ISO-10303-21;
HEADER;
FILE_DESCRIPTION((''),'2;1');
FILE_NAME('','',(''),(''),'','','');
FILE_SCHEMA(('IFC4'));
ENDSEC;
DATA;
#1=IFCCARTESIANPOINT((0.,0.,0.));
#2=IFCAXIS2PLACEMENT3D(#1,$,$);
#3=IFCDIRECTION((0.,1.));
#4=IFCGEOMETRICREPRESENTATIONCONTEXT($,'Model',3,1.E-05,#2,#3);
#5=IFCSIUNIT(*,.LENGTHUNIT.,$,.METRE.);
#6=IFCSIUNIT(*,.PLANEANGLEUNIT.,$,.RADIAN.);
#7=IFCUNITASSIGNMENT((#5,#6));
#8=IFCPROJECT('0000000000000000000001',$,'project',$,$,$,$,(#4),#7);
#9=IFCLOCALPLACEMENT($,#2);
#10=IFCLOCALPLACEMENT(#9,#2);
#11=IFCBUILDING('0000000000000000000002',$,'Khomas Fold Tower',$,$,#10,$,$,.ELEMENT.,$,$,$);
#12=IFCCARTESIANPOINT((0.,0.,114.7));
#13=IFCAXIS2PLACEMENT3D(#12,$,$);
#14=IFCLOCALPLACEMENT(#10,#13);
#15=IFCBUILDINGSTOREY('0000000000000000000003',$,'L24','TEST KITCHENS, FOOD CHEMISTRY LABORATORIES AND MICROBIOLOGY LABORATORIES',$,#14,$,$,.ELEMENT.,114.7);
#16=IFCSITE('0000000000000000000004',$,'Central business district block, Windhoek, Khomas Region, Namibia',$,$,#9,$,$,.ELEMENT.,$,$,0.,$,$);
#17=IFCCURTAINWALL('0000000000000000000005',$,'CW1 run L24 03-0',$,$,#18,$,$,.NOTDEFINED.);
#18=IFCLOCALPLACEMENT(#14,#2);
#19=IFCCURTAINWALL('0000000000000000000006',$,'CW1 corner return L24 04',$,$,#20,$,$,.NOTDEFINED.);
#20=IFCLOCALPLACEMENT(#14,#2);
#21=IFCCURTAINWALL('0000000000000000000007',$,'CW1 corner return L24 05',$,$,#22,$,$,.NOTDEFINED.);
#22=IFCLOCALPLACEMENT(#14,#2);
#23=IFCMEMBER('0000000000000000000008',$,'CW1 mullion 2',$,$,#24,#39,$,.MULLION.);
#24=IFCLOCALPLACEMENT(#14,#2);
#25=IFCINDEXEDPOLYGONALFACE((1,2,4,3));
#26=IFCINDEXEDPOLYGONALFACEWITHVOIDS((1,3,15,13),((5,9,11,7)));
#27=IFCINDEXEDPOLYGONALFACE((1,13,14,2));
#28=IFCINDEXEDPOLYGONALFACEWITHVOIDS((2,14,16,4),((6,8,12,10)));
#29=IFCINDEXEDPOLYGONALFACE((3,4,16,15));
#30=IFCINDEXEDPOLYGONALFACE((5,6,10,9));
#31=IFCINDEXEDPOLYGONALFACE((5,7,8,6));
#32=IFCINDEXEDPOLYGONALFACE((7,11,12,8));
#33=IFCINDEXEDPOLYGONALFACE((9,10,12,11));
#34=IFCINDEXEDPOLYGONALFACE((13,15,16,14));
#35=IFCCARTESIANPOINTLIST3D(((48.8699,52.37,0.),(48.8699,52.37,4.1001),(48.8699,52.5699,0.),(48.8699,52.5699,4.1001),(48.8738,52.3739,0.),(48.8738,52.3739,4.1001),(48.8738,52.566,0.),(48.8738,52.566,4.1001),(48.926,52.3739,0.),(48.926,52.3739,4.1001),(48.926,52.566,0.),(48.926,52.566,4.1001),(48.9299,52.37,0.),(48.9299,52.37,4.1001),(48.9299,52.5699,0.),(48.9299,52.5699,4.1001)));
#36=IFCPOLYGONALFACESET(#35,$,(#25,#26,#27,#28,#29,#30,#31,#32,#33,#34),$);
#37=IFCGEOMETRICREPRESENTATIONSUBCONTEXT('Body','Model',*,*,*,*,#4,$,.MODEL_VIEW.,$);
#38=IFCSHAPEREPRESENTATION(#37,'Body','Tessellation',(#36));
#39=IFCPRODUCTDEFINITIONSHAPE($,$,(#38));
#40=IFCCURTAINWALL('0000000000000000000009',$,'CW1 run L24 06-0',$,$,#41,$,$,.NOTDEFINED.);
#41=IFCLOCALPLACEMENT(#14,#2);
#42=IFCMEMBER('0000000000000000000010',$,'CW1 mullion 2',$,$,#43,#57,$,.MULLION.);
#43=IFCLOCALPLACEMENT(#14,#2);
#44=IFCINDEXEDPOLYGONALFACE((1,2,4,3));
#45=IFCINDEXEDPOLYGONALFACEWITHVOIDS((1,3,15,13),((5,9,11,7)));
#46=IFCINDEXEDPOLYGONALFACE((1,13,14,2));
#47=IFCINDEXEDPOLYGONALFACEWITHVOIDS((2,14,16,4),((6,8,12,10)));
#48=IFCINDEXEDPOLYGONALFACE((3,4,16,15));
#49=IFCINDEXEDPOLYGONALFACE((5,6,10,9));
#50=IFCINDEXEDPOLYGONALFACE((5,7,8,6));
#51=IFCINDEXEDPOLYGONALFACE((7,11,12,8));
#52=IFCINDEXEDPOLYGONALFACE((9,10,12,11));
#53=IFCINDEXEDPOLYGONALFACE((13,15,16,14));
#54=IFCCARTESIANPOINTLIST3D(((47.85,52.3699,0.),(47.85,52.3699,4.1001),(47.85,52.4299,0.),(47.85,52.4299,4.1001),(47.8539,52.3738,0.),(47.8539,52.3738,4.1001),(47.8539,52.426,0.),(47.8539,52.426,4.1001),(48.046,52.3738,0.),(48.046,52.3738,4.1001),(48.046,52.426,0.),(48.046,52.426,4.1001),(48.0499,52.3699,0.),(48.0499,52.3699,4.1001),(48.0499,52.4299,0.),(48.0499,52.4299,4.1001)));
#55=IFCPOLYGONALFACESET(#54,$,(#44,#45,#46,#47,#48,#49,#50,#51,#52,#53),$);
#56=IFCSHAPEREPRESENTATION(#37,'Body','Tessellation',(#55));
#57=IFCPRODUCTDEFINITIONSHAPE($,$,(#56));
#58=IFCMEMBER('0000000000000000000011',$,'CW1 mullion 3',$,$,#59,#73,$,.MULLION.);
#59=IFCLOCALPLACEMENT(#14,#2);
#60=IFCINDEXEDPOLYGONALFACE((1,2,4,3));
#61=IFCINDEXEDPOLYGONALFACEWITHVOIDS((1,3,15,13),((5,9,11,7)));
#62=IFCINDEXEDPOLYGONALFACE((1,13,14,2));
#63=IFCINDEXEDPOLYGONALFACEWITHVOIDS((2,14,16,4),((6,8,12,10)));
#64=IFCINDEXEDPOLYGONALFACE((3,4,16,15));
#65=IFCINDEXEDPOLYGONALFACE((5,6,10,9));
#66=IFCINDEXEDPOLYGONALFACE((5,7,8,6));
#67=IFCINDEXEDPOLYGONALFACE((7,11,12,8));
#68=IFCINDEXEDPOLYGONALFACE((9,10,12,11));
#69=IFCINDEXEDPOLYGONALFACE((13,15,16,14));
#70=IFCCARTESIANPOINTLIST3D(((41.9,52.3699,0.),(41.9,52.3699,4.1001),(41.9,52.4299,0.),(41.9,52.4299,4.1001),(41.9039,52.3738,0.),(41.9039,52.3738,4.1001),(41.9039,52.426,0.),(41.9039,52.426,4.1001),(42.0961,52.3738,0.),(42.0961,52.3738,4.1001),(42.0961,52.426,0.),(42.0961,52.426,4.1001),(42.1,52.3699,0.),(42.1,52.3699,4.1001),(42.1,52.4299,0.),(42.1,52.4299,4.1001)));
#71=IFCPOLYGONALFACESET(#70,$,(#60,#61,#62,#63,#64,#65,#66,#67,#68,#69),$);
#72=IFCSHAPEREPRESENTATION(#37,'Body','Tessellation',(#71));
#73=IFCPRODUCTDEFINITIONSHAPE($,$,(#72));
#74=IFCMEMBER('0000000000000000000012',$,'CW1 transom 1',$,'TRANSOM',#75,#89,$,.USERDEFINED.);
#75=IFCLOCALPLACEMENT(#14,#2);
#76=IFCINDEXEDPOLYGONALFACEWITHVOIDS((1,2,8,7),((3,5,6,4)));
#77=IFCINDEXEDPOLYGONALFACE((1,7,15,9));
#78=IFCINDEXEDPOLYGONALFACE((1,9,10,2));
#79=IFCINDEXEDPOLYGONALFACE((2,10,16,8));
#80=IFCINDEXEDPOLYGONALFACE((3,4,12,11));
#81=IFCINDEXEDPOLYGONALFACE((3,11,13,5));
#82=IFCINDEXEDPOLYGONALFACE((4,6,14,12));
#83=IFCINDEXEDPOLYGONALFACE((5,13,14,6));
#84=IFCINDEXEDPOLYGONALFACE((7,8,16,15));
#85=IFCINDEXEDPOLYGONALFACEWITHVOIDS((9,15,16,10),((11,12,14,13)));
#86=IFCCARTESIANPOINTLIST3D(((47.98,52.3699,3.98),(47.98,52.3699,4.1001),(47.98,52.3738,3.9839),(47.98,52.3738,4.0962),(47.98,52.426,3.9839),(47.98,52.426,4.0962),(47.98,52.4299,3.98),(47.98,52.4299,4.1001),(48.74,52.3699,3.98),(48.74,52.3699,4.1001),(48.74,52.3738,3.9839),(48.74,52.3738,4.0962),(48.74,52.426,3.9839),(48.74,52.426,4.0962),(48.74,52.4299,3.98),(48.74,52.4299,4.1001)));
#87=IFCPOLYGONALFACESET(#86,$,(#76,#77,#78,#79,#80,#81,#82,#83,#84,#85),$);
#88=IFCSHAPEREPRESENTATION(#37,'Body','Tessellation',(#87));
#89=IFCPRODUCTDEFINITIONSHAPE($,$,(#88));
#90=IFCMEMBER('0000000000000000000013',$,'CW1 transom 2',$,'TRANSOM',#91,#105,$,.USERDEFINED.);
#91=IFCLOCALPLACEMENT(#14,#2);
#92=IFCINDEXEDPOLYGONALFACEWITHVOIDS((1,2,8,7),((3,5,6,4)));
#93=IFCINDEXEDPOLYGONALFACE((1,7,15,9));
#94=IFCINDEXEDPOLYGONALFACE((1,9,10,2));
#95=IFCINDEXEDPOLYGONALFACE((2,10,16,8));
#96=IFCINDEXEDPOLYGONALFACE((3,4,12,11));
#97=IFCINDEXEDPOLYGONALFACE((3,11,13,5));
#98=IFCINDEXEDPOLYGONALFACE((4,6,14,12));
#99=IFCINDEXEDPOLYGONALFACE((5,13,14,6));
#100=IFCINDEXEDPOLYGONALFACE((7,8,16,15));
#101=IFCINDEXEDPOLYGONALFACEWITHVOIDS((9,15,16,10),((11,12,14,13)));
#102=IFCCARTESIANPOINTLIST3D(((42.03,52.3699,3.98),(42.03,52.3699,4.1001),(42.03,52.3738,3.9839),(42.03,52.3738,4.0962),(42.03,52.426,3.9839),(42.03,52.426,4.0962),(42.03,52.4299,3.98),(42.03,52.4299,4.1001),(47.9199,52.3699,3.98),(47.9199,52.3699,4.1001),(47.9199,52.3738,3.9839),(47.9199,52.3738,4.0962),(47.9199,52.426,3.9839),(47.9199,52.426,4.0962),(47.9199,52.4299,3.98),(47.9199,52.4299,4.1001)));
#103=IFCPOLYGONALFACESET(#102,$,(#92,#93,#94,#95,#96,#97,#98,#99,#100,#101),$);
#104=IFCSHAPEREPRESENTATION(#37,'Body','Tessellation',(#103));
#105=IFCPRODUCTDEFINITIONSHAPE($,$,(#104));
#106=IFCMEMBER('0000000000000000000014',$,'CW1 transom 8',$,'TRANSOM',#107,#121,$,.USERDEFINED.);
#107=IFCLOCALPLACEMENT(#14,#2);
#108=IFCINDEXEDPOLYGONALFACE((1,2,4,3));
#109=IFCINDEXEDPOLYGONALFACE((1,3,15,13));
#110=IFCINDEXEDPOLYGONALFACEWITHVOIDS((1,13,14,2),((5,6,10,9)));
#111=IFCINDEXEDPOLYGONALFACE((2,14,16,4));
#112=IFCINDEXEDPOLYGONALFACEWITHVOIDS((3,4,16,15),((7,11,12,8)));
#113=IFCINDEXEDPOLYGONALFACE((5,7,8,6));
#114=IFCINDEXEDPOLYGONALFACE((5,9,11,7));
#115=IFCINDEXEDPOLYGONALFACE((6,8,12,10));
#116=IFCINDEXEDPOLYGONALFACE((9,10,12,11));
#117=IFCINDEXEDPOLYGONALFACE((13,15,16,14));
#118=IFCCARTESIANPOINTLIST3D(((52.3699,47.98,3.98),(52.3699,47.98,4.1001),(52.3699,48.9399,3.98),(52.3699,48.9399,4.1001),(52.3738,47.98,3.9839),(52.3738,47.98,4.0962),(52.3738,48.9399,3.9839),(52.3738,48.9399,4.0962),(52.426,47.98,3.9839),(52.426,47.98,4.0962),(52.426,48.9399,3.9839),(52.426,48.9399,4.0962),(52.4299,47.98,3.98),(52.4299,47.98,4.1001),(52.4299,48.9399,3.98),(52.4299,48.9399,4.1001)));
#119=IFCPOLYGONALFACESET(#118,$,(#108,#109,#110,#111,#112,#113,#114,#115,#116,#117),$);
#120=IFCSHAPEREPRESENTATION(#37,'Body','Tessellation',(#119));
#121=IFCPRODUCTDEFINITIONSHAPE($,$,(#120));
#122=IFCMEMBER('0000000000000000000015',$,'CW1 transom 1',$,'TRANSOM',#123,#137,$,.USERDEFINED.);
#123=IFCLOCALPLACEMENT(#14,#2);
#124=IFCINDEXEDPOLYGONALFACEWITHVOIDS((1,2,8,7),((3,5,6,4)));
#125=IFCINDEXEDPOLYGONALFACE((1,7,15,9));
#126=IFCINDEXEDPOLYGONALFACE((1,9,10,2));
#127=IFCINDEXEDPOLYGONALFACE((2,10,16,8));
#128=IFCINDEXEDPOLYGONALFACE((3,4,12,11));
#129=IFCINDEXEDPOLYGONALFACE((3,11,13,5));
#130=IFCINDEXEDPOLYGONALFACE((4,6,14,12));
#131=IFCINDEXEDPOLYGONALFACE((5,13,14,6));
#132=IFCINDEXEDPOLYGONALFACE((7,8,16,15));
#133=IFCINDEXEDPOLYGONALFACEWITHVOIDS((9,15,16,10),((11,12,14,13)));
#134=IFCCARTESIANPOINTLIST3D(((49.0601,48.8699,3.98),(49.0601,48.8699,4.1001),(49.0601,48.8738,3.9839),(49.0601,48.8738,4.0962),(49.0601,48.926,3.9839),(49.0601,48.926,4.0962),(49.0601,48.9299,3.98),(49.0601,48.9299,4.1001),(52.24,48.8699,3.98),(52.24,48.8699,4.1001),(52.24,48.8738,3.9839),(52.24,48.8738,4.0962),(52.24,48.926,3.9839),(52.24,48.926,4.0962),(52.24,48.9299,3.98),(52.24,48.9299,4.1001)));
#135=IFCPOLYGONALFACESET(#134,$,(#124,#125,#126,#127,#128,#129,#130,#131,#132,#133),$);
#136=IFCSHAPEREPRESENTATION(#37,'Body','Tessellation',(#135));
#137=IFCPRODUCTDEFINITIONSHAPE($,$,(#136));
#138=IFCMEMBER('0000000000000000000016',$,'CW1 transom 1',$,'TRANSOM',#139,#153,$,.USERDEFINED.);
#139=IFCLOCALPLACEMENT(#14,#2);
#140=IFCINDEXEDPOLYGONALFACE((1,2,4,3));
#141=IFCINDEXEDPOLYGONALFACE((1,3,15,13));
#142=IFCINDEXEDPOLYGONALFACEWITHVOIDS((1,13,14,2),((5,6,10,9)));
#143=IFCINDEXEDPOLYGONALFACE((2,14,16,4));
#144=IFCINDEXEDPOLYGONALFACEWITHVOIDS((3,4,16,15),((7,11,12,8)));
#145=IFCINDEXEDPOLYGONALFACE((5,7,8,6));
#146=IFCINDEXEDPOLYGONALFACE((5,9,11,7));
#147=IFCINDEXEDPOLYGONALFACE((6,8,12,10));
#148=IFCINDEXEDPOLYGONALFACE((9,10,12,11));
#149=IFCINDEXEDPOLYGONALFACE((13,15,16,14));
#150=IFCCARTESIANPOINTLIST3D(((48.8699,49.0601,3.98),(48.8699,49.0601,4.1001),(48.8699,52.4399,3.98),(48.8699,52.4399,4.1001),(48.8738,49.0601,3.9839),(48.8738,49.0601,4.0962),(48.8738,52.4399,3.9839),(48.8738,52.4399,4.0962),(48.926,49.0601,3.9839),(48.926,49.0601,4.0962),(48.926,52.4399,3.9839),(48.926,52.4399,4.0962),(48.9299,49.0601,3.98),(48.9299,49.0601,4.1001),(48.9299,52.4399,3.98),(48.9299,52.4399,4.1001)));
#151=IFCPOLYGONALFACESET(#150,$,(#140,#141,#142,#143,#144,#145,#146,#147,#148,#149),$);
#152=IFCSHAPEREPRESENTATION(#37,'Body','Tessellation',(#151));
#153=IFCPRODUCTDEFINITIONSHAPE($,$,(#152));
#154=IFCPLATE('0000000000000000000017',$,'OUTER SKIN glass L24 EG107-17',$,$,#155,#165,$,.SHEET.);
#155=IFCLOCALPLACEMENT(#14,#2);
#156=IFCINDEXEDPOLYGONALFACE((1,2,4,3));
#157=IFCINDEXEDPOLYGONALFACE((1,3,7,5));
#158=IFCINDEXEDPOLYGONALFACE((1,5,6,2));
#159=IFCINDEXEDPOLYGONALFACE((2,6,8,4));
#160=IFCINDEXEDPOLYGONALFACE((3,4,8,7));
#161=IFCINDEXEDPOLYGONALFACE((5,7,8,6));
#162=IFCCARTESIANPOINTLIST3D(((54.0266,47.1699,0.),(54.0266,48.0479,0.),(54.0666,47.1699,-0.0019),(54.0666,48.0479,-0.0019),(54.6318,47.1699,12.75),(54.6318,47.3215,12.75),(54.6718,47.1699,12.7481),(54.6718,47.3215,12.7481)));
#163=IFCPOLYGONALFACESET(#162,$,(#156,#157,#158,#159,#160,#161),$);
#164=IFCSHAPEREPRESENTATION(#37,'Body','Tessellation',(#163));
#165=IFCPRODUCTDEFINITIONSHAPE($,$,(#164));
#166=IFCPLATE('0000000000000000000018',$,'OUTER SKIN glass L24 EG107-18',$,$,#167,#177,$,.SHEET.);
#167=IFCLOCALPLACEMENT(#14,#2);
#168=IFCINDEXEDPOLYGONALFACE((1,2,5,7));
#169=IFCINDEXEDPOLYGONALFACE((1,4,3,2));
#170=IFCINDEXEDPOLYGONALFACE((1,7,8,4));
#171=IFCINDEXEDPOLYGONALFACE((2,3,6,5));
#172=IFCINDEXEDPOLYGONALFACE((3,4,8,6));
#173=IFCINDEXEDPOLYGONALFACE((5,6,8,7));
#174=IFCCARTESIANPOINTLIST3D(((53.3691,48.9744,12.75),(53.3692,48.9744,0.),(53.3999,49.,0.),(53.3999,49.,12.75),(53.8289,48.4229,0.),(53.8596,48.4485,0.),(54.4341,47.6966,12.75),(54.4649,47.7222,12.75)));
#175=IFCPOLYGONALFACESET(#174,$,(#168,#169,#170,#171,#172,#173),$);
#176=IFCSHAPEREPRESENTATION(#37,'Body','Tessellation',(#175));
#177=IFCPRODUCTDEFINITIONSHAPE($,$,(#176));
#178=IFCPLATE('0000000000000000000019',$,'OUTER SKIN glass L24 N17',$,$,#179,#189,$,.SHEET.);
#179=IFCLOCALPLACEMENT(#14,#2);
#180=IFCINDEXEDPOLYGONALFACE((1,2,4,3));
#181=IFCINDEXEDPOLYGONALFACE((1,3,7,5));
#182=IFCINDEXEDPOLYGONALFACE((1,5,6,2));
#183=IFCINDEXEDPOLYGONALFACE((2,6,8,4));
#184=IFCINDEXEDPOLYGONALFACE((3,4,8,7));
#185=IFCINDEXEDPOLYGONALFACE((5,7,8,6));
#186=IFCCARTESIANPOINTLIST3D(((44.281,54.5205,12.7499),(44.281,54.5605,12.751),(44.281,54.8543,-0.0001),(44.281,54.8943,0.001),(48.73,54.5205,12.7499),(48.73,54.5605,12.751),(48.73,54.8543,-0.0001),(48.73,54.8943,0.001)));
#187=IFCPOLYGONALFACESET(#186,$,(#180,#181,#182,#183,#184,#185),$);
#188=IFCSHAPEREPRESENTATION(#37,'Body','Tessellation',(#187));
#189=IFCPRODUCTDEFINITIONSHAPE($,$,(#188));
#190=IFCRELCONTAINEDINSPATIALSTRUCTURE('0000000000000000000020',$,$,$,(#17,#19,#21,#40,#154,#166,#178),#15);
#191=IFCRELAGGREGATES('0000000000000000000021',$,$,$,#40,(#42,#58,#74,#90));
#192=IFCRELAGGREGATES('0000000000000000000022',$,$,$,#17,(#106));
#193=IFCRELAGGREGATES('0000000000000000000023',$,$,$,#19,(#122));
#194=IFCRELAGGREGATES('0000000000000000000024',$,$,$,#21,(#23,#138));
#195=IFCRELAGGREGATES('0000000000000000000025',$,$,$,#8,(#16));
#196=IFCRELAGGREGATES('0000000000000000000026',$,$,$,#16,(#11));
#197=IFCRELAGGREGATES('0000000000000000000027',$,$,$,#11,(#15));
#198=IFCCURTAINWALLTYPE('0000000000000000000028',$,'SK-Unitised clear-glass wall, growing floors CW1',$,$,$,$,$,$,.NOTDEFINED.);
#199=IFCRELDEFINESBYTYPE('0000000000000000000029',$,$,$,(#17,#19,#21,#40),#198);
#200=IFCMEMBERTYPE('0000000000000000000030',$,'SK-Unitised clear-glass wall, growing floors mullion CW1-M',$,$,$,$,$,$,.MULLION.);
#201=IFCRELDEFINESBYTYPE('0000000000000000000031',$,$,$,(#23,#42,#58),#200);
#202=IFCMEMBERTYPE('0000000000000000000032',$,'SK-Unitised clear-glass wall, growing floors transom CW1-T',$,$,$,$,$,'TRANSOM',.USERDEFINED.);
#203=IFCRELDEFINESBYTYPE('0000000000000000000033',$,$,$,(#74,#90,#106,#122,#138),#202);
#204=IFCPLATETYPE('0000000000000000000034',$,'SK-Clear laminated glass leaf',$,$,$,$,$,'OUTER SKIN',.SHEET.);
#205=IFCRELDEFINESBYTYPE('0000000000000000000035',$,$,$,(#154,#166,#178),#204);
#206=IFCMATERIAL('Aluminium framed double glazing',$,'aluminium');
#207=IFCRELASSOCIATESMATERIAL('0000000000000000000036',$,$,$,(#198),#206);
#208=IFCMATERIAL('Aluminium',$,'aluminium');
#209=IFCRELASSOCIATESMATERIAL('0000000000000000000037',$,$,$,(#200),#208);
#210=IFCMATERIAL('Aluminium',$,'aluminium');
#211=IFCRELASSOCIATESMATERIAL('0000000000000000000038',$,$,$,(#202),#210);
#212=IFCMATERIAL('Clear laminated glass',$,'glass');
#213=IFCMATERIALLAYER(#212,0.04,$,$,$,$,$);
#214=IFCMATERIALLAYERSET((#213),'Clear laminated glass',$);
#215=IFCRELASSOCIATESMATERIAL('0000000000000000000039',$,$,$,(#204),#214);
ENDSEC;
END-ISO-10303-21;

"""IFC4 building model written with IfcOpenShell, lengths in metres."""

from ifc_helpers import new_model, si_unit, direction, frame, origin, origin_2d, place, context, subcontext, project, spatial, polyline, hollow_rectangle, outline, extrude, source, transform, mapped, material, layer, layer_set, material_profile, profile_set, type_object, element, aggregate, save


model = new_model("IFC4")

# Units and contexts
model_context = context("Model", 3, precision=1e-05, world=origin(), true_north=direction((0.0, 1.0)))
body_context = subcontext(model_context, "Body", "Model", "MODEL_VIEW")
ifc_project = project(units=[si_unit("LENGTHUNIT", "METRE"), si_unit("PLANEANGLEUNIT", "RADIAN")], contexts=[model_context])

# Site, building, storey
site_placement = place(None, origin())
site = spatial("IfcSite", under=ifc_project, at=site_placement, Name="Central business district block, Windhoek, Khomas Region, Namibia", CompositionType="ELEMENT", RefElevation=0.0)
building_placement = place(site_placement, origin())
building = spatial("IfcBuilding", under=site, at=building_placement, Name="Khomas Fold Tower", CompositionType="ELEMENT")
storey_placement = place(building_placement, frame((0.0, 0.0, 114.7)))
storey = spatial("IfcBuildingStorey", under=building, at=storey_placement, Name="L24", Description="TEST KITCHENS, FOOD CHEMISTRY LABORATORIES AND MICROBIOLOGY LABORATORIES", CompositionType="ELEMENT", Elevation=114.7)

# Curtain walls, members
ifc_material_1 = material(Name="Aluminium framed double glazing", Category="aluminium")
curtain_wall_type = type_object("IfcCurtainWallType", Name="SK-Unitised clear-glass wall, growing floors CW1", PredefinedType="NOTDEFINED", material=ifc_material_1)
curtain_wall_1_placement = place(storey_placement, origin())
curtain_wall_1 = element("IfcCurtainWall", 1, at=curtain_wall_1_placement, inside=storey, type_object=curtain_wall_type, Name="CW1 run L24 03-0", PredefinedType="NOTDEFINED")
ifc_material_2 = material(Name="Aluminium", Category="aluminium")
ifc_material_profile_1 = material_profile(ifc_material_2, hollow_rectangle(XDim=0.0601, YDim=0.2, WallThickness=0.0039, at=origin_2d()), Name="SK-Unitised clear-glass wall, growing floors mullion CW1-M")
ifc_profile_set_1 = profile_set([ifc_material_profile_1], Name="Aluminium")
member_type_1 = type_object("IfcMemberType", Name="SK-Unitised clear-glass wall, growing floors mullion CW1-M", PredefinedType="MULLION", material=ifc_profile_set_1)
shared_shape_1 = source(origin(), body_context, "Body", "SweptSolid", [
    extrude(hollow_rectangle(XDim=0.0601, YDim=0.2, WallThickness=0.0039, at=origin_2d()), origin(), (0.0, 0.0, 1.0), 4.1001),
])
curtain_wall_2_placement = place(storey_placement, origin())
curtain_wall_2 = element("IfcCurtainWall", 2, at=curtain_wall_2_placement, inside=storey, type_object=curtain_wall_type, Name="CW1 corner return L24 04", PredefinedType="NOTDEFINED")
curtain_wall_3_placement = place(storey_placement, origin())
curtain_wall_3 = element("IfcCurtainWall", 3, at=curtain_wall_3_placement, inside=storey, type_object=curtain_wall_type, Name="CW1 corner return L24 05", PredefinedType="NOTDEFINED")
member_1_placement = place(storey_placement, frame((48.8999, 52.47, 0.0), z_axis=(0.0, 0.0, 1.0), x_axis=(-1.0, 0.0, 0.0)))
member_1 = element("IfcMember", 4, at=member_1_placement, type_object=member_type_1, Name="CW1 mullion 2", PredefinedType="MULLION", context=body_context, shape_type="MappedRepresentation", body=[
    mapped(shared_shape_1, transform((0.0, 0.0, 0.0))),
])
curtain_wall_4_placement = place(storey_placement, origin())
curtain_wall_4 = element("IfcCurtainWall", 5, at=curtain_wall_4_placement, inside=storey, type_object=curtain_wall_type, Name="CW1 run L24 06-0", PredefinedType="NOTDEFINED")
member_2_placement = place(storey_placement, frame((47.95, 52.3999, 0.0), z_axis=(0.0, 0.0, 1.0), x_axis=(0.0, -1.0, 0.0)))
member_2 = element("IfcMember", 6, at=member_2_placement, type_object=member_type_1, Name="CW1 mullion 2", PredefinedType="MULLION", context=body_context, shape_type="MappedRepresentation", body=[
    mapped(shared_shape_1, transform((0.0, 0.0, 0.0))),
])
member_3_placement = place(storey_placement, frame((42.0, 52.3999, 0.0), z_axis=(0.0, 0.0, 1.0), x_axis=(0.0, -1.0, 0.0)))
member_3 = element("IfcMember", 7, at=member_3_placement, type_object=member_type_1, Name="CW1 mullion 3", PredefinedType="MULLION", context=body_context, shape_type="MappedRepresentation", body=[
    mapped(shared_shape_1, transform((0.0, 0.0, 0.0))),
])
ifc_material_3 = material(Name="Aluminium", Category="aluminium")
ifc_material_profile_2 = material_profile(ifc_material_3, hollow_rectangle(XDim=0.0601, YDim=0.1201, WallThickness=0.0039, at=origin_2d()), Name="SK-Unitised clear-glass wall, growing floors transom CW1-T")
ifc_profile_set_2 = profile_set([ifc_material_profile_2], Name="Aluminium")
member_type_2 = type_object("IfcMemberType", Name="SK-Unitised clear-glass wall, growing floors transom CW1-T", ElementType="TRANSOM", PredefinedType="USERDEFINED", material=ifc_profile_set_2)
shared_shape_2 = source(origin(), body_context, "Body", "SweptSolid", [
    extrude(hollow_rectangle(XDim=0.0601, YDim=0.1201, WallThickness=0.0039, at=origin_2d()), origin(), (0.0, 0.0, 1.0), 0.76),
])
member_4_placement = place(storey_placement, frame((48.74, 52.3999, 4.04), z_axis=(-1.0, 0.0, 0.0), x_axis=(0.0, -1.0, 0.0)))
member_4 = element("IfcMember", 8, at=member_4_placement, type_object=member_type_2, Name="CW1 transom 1", ObjectType="TRANSOM", PredefinedType="USERDEFINED", context=body_context, shape_type="MappedRepresentation", body=[
    mapped(shared_shape_2, transform((0.0, 0.0, 0.0))),
])
shared_shape_3 = source(origin(), body_context, "Body", "SweptSolid", [
    extrude(hollow_rectangle(XDim=0.0601, YDim=0.1201, WallThickness=0.0039, at=origin_2d()), origin(), (0.0, 0.0, 1.0), 5.8899),
])
member_5_placement = place(storey_placement, frame((47.9199, 52.3999, 4.04), z_axis=(-1.0, 0.0, 0.0), x_axis=(0.0, -1.0, 0.0)))
member_5 = element("IfcMember", 9, at=member_5_placement, type_object=member_type_2, Name="CW1 transom 2", ObjectType="TRANSOM", PredefinedType="USERDEFINED", context=body_context, shape_type="MappedRepresentation", body=[
    mapped(shared_shape_3, transform((0.0, 0.0, 0.0))),
])

# Members
shared_shape_4 = source(origin(), body_context, "Body", "SweptSolid", [
    extrude(hollow_rectangle(XDim=0.0601, YDim=0.1201, WallThickness=0.0039, at=origin_2d()), origin(), (0.0, 0.0, 1.0), 0.96),
])
member_6_placement = place(storey_placement, frame((52.3999, 47.98, 4.04), z_axis=(0.0, 1.0, 0.0), x_axis=(-1.0, 0.0, 0.0)))
member_6 = element("IfcMember", 10, at=member_6_placement, type_object=member_type_2, Name="CW1 transom 8", ObjectType="TRANSOM", PredefinedType="USERDEFINED", context=body_context, shape_type="MappedRepresentation", body=[
    mapped(shared_shape_4, transform((0.0, 0.0, 0.0))),
])
shared_shape_5 = source(origin(), body_context, "Body", "SweptSolid", [
    extrude(hollow_rectangle(XDim=0.0601, YDim=0.1201, WallThickness=0.0039, at=origin_2d()), origin(), (0.0, 0.0, 1.0), 3.1799),
])
member_7_placement = place(storey_placement, frame((52.24, 48.8999, 4.04), z_axis=(-1.0, 0.0, 0.0), x_axis=(0.0, -1.0, 0.0)))
member_7 = element("IfcMember", 11, at=member_7_placement, type_object=member_type_2, Name="CW1 transom 1", ObjectType="TRANSOM", PredefinedType="USERDEFINED", context=body_context, shape_type="MappedRepresentation", body=[
    mapped(shared_shape_5, transform((0.0, 0.0, 0.0))),
])
shared_shape_6 = source(origin(), body_context, "Body", "SweptSolid", [
    extrude(hollow_rectangle(XDim=0.0601, YDim=0.1201, WallThickness=0.0039, at=origin_2d()), origin(), (0.0, 0.0, 1.0), 3.3799),
])
member_8_placement = place(storey_placement, frame((48.8999, 49.0601, 4.04), z_axis=(0.0, 1.0, 0.0), x_axis=(-1.0, 0.0, 0.0)))
member_8 = element("IfcMember", 12, at=member_8_placement, type_object=member_type_2, Name="CW1 transom 1", ObjectType="TRANSOM", PredefinedType="USERDEFINED", context=body_context, shape_type="MappedRepresentation", body=[
    mapped(shared_shape_6, transform((0.0, 0.0, 0.0))),
])

# Plates
ifc_material_4 = material(Name="Clear laminated glass", Category="glass")
ifc_layer_1 = layer(ifc_material_4, 0.04)
ifc_layer_set_1 = layer_set([ifc_layer_1], Name="Clear laminated glass")
plate_type_1 = type_object("IfcPlateType", Name="SK-Clear laminated glass leaf", ElementType="OUTER SKIN", PredefinedType="SHEET", material=ifc_layer_set_1)
plate_1_placement = place(storey_placement, frame((54.0266, 48.0479, 0.0), z_axis=(-0.998875, 0.0, 0.047415), x_axis=(0.0, -1.0, 0.0)))
element("IfcPlate", 13, at=plate_1_placement, inside=storey, type_object=plate_type_1, Name="OUTER SKIN glass L24 EG107-17", PredefinedType="SHEET", context=body_context, shape_type="SweptSolid", body=[
    extrude(outline(polyline([(0.0, 0.0), (0.8779, 0.0), (0.8779, 12.7644), (0.7263, 12.7644), (0.0, 0.0)])), origin(), (0.0, 0.0, -1.0), 0.04),
])
plate_2_placement = place(storey_placement, frame((53.8596, 48.4485, 0.0), z_axis=(0.768179, 0.640235, 0.000004), x_axis=(0.047341, -0.056808, 0.997262)))
element("IfcPlate", 14, at=plate_2_placement, inside=storey, type_object=plate_type_1, Name="OUTER SKIN glass L24 EG107-18", PredefinedType="SHEET", context=body_context, shape_type="SweptSolid", body=[
    extrude(outline(polyline([(0.0, 0.0), (12.785, 0.0), (12.662, -1.6589), (-0.0531, -0.716), (0.0, 0.0)])), origin(), (0.0, 0.0, -1.0), 0.04),
])
plate_3_placement = place(storey_placement, frame((44.281, 54.8943, 0.001), z_axis=(0.0, 0.999658, 0.026167), x_axis=(1.0, 0.0, 0.0)))
element("IfcPlate", 15, at=plate_3_placement, inside=storey, type_object=plate_type_1, Name="OUTER SKIN glass L24 N17", PredefinedType="SHEET", context=body_context, shape_type="SweptSolid", body=[
    extrude(outline(polyline([(0.0, 0.0), (4.449, 0.0), (4.449, -12.7544), (0.0, -12.7544), (0.0, 0.0)])), origin(), (0.0, 0.0, -1.0), 0.04),
])

aggregate(curtain_wall_4, [member_2, member_3, member_4, member_5])
aggregate(curtain_wall_1, [member_6])
aggregate(curtain_wall_2, [member_7])
aggregate(curtain_wall_3, [member_1, member_8])

save(model, "model.ifc")
